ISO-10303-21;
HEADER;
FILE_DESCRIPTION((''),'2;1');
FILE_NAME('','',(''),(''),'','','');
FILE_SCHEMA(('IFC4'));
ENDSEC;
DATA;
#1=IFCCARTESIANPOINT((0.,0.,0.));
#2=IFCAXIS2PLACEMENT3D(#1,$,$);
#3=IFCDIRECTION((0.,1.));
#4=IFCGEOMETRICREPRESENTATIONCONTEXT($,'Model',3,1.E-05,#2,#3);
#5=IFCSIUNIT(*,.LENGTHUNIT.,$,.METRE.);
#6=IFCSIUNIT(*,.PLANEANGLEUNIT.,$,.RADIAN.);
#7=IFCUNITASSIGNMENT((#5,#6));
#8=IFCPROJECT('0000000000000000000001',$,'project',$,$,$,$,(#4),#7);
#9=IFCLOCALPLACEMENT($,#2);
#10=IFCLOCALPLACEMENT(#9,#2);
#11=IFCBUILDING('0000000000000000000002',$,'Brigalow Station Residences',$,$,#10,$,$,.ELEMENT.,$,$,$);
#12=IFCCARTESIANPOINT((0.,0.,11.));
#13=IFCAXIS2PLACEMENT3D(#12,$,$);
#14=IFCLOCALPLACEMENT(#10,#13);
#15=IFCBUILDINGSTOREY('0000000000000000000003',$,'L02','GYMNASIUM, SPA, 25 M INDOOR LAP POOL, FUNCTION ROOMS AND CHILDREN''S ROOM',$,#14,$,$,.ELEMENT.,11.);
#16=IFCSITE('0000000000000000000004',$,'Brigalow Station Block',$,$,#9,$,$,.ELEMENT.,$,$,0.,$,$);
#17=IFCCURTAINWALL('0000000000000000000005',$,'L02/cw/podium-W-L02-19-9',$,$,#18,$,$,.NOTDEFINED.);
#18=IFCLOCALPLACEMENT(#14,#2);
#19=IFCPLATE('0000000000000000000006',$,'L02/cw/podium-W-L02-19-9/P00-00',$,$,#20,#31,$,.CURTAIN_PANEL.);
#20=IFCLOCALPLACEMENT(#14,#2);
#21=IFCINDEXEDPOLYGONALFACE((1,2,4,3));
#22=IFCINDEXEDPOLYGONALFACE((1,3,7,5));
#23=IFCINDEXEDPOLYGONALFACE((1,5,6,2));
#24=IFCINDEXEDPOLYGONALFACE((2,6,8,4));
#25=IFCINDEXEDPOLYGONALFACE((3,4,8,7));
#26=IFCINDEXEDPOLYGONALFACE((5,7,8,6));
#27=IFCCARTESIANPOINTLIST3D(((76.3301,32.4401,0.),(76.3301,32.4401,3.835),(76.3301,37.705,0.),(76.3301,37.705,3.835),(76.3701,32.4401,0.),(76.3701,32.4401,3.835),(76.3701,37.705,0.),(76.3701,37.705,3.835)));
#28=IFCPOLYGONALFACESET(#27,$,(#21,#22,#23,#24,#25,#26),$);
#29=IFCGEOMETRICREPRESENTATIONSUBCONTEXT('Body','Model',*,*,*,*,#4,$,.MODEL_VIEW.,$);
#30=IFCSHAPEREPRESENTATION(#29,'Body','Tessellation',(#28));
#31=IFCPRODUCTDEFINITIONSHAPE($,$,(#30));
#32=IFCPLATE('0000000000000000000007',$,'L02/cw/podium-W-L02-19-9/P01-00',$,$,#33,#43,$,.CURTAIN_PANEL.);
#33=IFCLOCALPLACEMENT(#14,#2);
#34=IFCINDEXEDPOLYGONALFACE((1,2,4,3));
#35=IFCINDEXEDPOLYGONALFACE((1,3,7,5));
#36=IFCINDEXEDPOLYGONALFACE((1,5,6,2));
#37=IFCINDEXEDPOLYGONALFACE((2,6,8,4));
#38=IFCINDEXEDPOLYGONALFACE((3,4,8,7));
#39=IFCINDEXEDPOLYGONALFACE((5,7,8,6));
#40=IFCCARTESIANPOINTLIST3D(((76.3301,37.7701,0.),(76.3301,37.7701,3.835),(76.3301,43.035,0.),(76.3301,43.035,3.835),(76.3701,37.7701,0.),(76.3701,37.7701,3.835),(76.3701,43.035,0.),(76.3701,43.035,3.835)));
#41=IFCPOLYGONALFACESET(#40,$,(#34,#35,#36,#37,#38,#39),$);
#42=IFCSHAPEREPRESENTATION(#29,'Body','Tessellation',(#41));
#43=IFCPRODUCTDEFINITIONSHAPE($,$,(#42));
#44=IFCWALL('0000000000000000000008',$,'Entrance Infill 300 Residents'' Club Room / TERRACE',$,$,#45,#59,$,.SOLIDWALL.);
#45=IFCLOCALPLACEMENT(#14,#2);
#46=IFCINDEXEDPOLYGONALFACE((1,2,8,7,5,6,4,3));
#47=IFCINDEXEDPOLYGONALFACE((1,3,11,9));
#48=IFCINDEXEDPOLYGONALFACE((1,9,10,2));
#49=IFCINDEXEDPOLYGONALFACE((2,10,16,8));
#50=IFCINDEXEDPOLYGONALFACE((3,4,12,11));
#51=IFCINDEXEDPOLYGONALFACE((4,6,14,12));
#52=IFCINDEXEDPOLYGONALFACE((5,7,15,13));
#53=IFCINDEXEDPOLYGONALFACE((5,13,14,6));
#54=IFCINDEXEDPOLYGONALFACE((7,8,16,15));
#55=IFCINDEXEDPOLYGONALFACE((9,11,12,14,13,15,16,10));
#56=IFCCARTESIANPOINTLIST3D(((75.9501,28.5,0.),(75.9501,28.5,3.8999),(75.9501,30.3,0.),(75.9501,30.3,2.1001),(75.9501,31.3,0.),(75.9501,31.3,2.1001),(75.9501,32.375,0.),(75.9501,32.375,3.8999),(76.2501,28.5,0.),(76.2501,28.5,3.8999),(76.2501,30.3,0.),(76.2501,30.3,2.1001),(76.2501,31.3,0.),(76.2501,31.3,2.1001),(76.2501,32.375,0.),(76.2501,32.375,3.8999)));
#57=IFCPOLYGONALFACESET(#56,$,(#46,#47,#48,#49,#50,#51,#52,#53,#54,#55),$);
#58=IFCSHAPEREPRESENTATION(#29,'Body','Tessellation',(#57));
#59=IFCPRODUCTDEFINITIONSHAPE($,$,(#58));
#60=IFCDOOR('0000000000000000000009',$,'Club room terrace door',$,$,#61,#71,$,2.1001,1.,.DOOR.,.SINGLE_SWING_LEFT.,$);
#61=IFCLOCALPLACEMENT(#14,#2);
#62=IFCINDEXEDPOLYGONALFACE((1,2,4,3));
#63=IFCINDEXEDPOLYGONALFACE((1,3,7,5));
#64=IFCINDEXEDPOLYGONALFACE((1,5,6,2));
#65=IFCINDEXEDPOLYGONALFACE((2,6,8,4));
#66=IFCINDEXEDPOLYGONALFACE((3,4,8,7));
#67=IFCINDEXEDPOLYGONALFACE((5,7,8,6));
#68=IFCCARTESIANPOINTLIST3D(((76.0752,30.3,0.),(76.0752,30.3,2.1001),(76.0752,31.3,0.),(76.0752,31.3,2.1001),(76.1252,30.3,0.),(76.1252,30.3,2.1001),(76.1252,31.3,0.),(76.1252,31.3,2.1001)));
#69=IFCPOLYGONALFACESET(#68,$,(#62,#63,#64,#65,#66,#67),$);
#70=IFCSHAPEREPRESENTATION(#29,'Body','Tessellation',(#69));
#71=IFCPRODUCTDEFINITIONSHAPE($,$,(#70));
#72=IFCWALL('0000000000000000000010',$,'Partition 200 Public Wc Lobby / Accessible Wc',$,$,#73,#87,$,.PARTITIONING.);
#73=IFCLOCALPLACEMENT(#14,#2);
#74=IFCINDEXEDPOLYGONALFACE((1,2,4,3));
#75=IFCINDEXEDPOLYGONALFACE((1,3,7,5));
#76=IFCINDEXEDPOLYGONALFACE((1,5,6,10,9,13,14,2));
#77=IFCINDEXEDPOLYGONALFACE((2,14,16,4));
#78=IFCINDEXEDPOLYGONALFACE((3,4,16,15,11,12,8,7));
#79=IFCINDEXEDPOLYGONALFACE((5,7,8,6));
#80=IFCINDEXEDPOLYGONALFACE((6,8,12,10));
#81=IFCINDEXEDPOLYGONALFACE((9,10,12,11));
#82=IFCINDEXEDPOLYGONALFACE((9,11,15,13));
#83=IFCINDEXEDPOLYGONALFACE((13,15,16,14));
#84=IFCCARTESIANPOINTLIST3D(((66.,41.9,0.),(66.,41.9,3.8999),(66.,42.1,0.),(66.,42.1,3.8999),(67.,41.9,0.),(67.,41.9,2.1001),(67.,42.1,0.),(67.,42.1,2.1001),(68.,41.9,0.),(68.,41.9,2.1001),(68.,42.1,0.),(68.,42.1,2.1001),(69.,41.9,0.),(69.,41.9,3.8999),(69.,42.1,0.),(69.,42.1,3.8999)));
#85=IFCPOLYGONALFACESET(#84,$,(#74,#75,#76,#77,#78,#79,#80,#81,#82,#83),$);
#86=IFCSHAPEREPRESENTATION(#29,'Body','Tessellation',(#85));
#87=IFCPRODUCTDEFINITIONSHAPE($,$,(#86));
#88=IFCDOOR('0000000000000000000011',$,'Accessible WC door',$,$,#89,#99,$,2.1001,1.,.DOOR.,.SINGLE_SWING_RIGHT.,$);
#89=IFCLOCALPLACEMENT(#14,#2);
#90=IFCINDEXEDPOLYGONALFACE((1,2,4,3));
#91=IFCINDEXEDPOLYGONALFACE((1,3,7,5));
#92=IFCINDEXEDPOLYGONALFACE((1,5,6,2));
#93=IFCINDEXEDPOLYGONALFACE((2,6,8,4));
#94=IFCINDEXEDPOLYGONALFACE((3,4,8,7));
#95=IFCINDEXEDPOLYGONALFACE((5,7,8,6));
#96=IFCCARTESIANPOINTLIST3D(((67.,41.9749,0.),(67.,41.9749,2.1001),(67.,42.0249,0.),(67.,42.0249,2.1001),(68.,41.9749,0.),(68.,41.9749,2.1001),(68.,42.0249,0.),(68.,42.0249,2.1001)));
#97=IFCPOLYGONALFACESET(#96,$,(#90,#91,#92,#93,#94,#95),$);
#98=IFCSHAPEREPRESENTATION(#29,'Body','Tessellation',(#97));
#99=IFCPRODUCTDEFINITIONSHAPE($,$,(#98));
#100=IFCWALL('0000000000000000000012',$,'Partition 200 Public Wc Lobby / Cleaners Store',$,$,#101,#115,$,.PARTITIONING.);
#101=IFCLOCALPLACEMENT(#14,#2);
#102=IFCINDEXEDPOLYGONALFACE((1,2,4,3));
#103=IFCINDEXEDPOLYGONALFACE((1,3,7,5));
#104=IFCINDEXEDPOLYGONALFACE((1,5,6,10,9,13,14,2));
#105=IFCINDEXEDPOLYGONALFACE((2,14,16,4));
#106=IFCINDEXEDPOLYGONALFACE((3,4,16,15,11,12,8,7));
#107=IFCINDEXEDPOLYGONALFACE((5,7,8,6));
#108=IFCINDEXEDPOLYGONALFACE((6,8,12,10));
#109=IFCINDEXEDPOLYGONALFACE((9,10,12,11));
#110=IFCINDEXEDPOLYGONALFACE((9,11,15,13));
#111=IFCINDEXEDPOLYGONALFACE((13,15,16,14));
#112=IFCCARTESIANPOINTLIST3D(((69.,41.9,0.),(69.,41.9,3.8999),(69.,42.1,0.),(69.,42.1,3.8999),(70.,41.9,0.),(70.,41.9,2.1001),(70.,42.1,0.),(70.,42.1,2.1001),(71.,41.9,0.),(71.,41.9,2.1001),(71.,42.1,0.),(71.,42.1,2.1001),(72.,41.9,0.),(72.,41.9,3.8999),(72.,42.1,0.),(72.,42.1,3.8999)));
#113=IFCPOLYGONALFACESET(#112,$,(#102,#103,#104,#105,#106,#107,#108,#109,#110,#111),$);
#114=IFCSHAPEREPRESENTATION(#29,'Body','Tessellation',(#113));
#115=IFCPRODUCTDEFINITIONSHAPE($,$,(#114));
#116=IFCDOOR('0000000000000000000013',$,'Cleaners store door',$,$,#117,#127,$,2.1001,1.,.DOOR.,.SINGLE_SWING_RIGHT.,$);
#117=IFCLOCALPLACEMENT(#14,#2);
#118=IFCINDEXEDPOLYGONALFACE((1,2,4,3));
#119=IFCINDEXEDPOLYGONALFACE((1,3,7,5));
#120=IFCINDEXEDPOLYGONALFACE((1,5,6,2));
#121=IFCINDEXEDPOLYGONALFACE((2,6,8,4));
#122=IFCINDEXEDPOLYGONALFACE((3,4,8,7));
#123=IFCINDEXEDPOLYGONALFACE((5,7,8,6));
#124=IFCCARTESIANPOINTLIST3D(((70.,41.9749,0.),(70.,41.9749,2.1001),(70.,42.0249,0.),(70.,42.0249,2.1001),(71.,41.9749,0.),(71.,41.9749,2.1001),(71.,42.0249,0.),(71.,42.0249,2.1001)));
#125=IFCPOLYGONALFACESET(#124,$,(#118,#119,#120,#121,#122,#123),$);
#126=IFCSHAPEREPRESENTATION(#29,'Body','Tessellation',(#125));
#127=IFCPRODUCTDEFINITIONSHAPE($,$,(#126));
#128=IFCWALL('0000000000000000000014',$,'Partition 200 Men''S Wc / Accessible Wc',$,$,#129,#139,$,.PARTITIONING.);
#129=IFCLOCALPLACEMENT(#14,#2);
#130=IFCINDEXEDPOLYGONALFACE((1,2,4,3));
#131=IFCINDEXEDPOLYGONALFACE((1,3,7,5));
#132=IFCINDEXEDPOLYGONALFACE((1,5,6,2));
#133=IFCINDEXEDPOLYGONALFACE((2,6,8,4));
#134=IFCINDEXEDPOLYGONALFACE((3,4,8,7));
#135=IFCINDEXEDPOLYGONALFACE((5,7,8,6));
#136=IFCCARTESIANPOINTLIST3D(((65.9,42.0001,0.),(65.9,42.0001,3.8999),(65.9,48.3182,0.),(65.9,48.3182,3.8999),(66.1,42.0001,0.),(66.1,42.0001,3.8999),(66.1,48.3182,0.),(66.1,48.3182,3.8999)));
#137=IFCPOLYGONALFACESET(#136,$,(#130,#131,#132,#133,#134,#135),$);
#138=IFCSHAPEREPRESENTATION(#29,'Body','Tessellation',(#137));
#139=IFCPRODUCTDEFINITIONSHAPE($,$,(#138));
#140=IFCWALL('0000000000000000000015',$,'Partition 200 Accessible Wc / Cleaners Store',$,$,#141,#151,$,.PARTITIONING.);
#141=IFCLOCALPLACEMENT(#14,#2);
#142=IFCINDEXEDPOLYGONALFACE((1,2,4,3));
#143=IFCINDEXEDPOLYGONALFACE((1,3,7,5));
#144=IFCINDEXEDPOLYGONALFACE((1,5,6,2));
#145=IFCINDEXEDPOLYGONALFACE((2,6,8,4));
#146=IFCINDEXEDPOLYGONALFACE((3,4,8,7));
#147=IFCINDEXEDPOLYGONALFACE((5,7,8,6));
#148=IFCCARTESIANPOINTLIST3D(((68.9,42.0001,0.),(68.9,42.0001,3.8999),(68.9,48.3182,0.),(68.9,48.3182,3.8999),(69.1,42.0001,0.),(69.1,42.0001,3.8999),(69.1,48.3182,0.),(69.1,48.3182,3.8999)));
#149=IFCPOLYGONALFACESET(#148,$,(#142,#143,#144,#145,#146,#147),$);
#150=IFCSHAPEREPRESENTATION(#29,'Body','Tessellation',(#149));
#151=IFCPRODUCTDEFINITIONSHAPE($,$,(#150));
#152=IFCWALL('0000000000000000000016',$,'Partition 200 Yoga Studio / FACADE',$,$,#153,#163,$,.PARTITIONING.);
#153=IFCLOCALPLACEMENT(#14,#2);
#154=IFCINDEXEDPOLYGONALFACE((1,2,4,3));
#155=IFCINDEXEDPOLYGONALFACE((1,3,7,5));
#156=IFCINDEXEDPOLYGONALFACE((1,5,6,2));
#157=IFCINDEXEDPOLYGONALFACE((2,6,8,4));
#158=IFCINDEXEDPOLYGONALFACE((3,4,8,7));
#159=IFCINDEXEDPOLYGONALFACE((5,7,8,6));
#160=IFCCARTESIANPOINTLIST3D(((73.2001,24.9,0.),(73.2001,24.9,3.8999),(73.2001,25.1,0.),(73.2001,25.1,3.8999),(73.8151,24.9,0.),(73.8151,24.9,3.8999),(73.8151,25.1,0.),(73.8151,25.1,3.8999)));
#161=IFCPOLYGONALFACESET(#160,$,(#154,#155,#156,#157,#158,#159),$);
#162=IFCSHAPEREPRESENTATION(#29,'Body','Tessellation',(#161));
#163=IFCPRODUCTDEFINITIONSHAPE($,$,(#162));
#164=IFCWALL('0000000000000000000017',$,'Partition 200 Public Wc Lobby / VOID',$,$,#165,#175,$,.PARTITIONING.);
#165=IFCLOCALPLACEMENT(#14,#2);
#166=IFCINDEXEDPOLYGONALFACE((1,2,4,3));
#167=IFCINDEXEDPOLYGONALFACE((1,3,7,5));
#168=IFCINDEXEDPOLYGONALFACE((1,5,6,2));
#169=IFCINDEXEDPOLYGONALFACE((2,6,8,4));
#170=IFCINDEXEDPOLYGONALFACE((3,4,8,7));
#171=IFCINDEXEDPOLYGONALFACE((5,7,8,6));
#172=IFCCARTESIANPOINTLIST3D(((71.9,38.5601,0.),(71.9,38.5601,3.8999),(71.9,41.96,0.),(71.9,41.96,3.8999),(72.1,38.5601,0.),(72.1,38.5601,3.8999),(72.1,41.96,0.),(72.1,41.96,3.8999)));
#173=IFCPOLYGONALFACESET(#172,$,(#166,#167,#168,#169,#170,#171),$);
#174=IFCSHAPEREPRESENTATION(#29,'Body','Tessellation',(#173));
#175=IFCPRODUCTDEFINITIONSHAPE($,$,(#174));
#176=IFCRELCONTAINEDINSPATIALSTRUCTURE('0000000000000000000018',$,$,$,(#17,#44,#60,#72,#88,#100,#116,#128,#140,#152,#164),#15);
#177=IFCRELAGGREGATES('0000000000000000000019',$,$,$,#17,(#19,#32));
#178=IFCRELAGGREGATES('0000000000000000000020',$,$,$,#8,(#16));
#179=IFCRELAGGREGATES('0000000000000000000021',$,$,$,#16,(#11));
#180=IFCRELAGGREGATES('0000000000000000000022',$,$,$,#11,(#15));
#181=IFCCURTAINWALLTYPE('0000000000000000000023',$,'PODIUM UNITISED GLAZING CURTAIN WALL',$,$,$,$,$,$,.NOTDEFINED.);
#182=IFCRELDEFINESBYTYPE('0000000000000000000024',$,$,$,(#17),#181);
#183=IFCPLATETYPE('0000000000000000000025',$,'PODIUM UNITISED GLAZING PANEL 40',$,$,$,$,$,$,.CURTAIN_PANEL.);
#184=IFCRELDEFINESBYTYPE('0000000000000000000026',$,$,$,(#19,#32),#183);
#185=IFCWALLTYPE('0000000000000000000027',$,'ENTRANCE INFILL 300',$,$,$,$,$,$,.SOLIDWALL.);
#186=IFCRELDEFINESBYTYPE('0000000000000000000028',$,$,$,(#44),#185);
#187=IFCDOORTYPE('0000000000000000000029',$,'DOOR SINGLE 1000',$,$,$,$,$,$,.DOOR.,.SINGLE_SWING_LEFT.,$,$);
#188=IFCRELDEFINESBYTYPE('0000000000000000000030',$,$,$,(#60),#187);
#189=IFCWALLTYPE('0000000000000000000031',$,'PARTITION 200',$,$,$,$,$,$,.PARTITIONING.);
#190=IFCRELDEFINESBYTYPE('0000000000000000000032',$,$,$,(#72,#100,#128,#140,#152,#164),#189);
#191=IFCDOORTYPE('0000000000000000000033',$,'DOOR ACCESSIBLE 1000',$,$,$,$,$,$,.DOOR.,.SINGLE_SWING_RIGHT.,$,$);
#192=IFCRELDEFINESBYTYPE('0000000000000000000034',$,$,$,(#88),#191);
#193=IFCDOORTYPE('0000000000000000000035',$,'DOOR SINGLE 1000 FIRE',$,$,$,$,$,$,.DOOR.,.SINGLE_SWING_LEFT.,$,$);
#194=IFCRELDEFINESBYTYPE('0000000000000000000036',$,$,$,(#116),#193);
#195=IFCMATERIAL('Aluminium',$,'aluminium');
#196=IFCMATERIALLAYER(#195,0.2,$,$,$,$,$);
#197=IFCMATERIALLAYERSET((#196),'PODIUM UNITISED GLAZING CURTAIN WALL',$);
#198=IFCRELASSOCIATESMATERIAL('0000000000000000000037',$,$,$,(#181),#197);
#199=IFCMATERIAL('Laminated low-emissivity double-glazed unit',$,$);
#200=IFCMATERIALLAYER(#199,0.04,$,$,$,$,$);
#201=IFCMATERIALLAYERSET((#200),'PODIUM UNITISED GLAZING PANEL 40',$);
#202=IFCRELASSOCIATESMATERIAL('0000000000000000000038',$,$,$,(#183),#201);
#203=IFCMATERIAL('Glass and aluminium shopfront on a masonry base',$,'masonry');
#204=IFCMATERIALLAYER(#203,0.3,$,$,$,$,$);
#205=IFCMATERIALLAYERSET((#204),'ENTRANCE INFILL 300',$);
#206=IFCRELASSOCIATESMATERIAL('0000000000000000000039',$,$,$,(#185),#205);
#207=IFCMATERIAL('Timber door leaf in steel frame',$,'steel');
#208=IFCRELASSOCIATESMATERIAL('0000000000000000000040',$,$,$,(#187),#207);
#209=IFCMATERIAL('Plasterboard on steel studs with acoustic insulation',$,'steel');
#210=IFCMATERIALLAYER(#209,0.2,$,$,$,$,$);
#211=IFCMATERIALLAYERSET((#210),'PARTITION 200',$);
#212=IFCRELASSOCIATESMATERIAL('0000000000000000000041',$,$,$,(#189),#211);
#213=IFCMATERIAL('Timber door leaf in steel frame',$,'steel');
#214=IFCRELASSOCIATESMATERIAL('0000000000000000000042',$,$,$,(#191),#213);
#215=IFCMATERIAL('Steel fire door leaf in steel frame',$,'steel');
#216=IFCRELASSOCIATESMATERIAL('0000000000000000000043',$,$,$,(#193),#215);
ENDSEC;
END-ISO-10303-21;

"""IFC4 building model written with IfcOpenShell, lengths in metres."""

from ifc_helpers import new_model, si_unit, direction, frame, frame_2d, origin, origin_2d, place, context, subcontext, project, spatial, rectangle, extrude, material, layer, layer_set, type_object, element, fill, aggregate, save


model = new_model("IFC4")

# Units and contexts
model_context = context("Model", 3, precision=1e-05, world=origin(), true_north=direction((0.0, 1.0)))
body_context = subcontext(model_context, "Body", "Model", "MODEL_VIEW")
ifc_project = project(units=[si_unit("LENGTHUNIT", "METRE"), si_unit("PLANEANGLEUNIT", "RADIAN")], contexts=[model_context])

# Site, building, storey
site_placement = place(None, origin())
site = spatial("IfcSite", under=ifc_project, at=site_placement, Name="Brigalow Station Block", CompositionType="ELEMENT", RefElevation=0.0)
building_placement = place(site_placement, origin())
building = spatial("IfcBuilding", under=site, at=building_placement, Name="Brigalow Station Residences", CompositionType="ELEMENT")
storey_placement = place(building_placement, frame((0.0, 0.0, 11.0)))
storey = spatial("IfcBuildingStorey", under=building, at=storey_placement, Name="L02", Description="GYMNASIUM, SPA, 25 M INDOOR LAP POOL, FUNCTION ROOMS AND CHILDREN'S ROOM", CompositionType="ELEMENT", Elevation=11.0)

# Curtain wall
ifc_material_1 = material(Name="Aluminium", Category="aluminium")
ifc_layer_1 = layer(ifc_material_1, 0.2)
ifc_layer_set_1 = layer_set([ifc_layer_1], Name="PODIUM UNITISED GLAZING CURTAIN WALL")
curtain_wall_type = type_object("IfcCurtainWallType", Name="PODIUM UNITISED GLAZING CURTAIN WALL", PredefinedType="NOTDEFINED", material=ifc_layer_set_1)
curtain_wall_1_placement = place(storey_placement, origin())
curtain_wall_1 = element("IfcCurtainWall", 1, at=curtain_wall_1_placement, inside=storey, type_object=curtain_wall_type, Name="L02/cw/podium-W-L02-19-9", PredefinedType="NOTDEFINED")

# Plates
ifc_material_2 = material(Name="Laminated low-emissivity double-glazed unit")
ifc_layer_2 = layer(ifc_material_2, 0.04)
ifc_layer_set_2 = layer_set([ifc_layer_2], Name="PODIUM UNITISED GLAZING PANEL 40")
plate_type = type_object("IfcPlateType", Name="PODIUM UNITISED GLAZING PANEL 40", PredefinedType="CURTAIN_PANEL", material=ifc_layer_set_2)
plate_1_placement = place(storey_placement, frame((76.3501, 35.0725, 0.0), z_axis=(0.0, 0.0, 1.0), x_axis=(0.0, 1.0, 0.0)))
plate_1 = element("IfcPlate", 2, at=plate_1_placement, type_object=plate_type, Name="L02/cw/podium-W-L02-19-9/P00-00", PredefinedType="CURTAIN_PANEL", context=body_context, shape_type="SweptSolid", body=[
    extrude(rectangle(XDim=5.2649, YDim=0.04, at=origin_2d()), origin(), (0.0, 0.0, 1.0), 3.835),
])
plate_2_placement = place(storey_placement, frame((76.3501, 40.4026, 0.0), z_axis=(0.0, 0.0, 1.0), x_axis=(0.0, 1.0, 0.0)))
plate_2 = element("IfcPlate", 3, at=plate_2_placement, type_object=plate_type, Name="L02/cw/podium-W-L02-19-9/P01-00", PredefinedType="CURTAIN_PANEL", context=body_context, shape_type="SweptSolid", body=[
    extrude(rectangle(XDim=5.2649, YDim=0.04, at=origin_2d()), origin(), (0.0, 0.0, 1.0), 3.835),
])
aggregate(curtain_wall_1, [plate_1, plate_2])

# Walls, openings, doors
ifc_material_3 = material(Name="Glass and aluminium shopfront on a masonry base", Category="masonry")
ifc_layer_3 = layer(ifc_material_3, 0.3)
ifc_layer_set_3 = layer_set([ifc_layer_3], Name="ENTRANCE INFILL 300")
wall_type_1 = type_object("IfcWallType", Name="ENTRANCE INFILL 300", PredefinedType="SOLIDWALL", material=ifc_layer_set_3)
wall_1_placement = place(storey_placement, frame((76.1001, 28.5, 0.0), z_axis=(0.0, 0.0, 1.0), x_axis=(0.0, 1.0, 0.0)))
wall_1 = element("IfcWall", 4, at=wall_1_placement, inside=storey, type_object=wall_type_1, Name="Entrance Infill 300 Residents' Club Room / TERRACE", PredefinedType="SOLIDWALL", context=body_context, shape_type="SweptSolid", body=[
    extrude(rectangle(XDim=3.875, YDim=0.3, at=frame_2d((1.9375, 0.0))), origin(), (0.0, 0.0, 1.0), 3.8999),
])
opening_1_placement = place(wall_1_placement, frame((1.8, 0.0, 0.0)))
opening_1 = element("IfcOpeningElement", 5, at=opening_1_placement, cuts=wall_1, PredefinedType="OPENING", context=body_context, shape_type="SweptSolid", body=[
    extrude(rectangle(XDim=1.0, YDim=2.1001, at=frame_2d((0.5, 1.05))), frame((0.0, 0.1602, 0.0), z_axis=(0.0, -1.0, 0.0), x_axis=(1.0, 0.0, 0.0)), (0.0, 0.0, 1.0), 0.3201),
])
ifc_material_4 = material(Name="Timber door leaf in steel frame", Category="steel")
door_type_1 = type_object("IfcDoorType", Name="DOOR SINGLE 1000", OperationType="SINGLE_SWING_LEFT", PredefinedType="DOOR", material=ifc_material_4)
door_1_placement = place(opening_1_placement, origin())
door_1 = element("IfcDoor", 6, at=door_1_placement, inside=storey, type_object=door_type_1, Name="Club room terrace door", OperationType="SINGLE_SWING_LEFT", OverallHeight=2.1001, OverallWidth=1.0, PredefinedType="DOOR", context=body_context, shape_type="SweptSolid", body=[
    extrude(rectangle(XDim=1.0, YDim=2.1001, at=frame_2d((0.5, 1.05))), frame((0.0, 0.0249, 0.0), z_axis=(0.0, -1.0, 0.0), x_axis=(1.0, 0.0, 0.0)), (0.0, 0.0, 1.0), 0.05),
])
fill(opening_1, door_1)
ifc_material_5 = material(Name="Plasterboard on steel studs with acoustic insulation", Category="steel")
ifc_layer_4 = layer(ifc_material_5, 0.2)
ifc_layer_set_4 = layer_set([ifc_layer_4], Name="PARTITION 200")
wall_type_2 = type_object("IfcWallType", Name="PARTITION 200", PredefinedType="PARTITIONING", material=ifc_layer_set_4)
wall_2_placement = place(storey_placement, frame((66.0, 42.0, 0.0), z_axis=(0.0, 0.0, 1.0), x_axis=(1.0, 0.0, 0.0)))
wall_2 = element("IfcWall", 7, at=wall_2_placement, inside=storey, type_object=wall_type_2, Name="Partition 200 Public Wc Lobby / Accessible Wc", PredefinedType="PARTITIONING", context=body_context, shape_type="SweptSolid", body=[
    extrude(rectangle(XDim=3.0, YDim=0.2, at=frame_2d((1.5, 0.0))), origin(), (0.0, 0.0, 1.0), 3.8999),
])
opening_2_placement = place(wall_2_placement, frame((1.0, 0.0, 0.0)))
opening_2 = element("IfcOpeningElement", 8, at=opening_2_placement, cuts=wall_2, PredefinedType="OPENING", context=body_context, shape_type="SweptSolid", body=[
    extrude(rectangle(XDim=1.0, YDim=2.1001, at=frame_2d((0.5, 1.05))), frame((0.0, 0.1099, 0.0), z_axis=(0.0, -1.0, 0.0), x_axis=(1.0, 0.0, 0.0)), (0.0, 0.0, 1.0), 0.22),
])
ifc_material_6 = material(Name="Timber door leaf in steel frame", Category="steel")
door_type_2 = type_object("IfcDoorType", Name="DOOR ACCESSIBLE 1000", OperationType="SINGLE_SWING_RIGHT", PredefinedType="DOOR", material=ifc_material_6)
door_2_placement = place(opening_2_placement, origin())
door_2 = element("IfcDoor", 9, at=door_2_placement, inside=storey, type_object=door_type_2, Name="Accessible WC door", OperationType="SINGLE_SWING_RIGHT", OverallHeight=2.1001, OverallWidth=1.0, PredefinedType="DOOR", context=body_context, shape_type="SweptSolid", body=[
    extrude(rectangle(XDim=1.0, YDim=2.1001, at=frame_2d((0.5, 1.05))), frame((0.0, 0.0249, 0.0), z_axis=(0.0, -1.0, 0.0), x_axis=(1.0, 0.0, 0.0)), (0.0, 0.0, 1.0), 0.05),
])
fill(opening_2, door_2)
wall_3_placement = place(storey_placement, frame((69.0, 42.0, 0.0), z_axis=(0.0, 0.0, 1.0), x_axis=(1.0, 0.0, 0.0)))
wall_3 = element("IfcWall", 10, at=wall_3_placement, inside=storey, type_object=wall_type_2, Name="Partition 200 Public Wc Lobby / Cleaners Store", PredefinedType="PARTITIONING", context=body_context, shape_type="SweptSolid", body=[
    extrude(rectangle(XDim=3.0, YDim=0.2, at=frame_2d((1.5, 0.0))), origin(), (0.0, 0.0, 1.0), 3.8999),
])
opening_3_placement = place(wall_3_placement, frame((1.0, 0.0, 0.0)))
opening_3 = element("IfcOpeningElement", 11, at=opening_3_placement, cuts=wall_3, PredefinedType="OPENING", context=body_context, shape_type="SweptSolid", body=[
    extrude(rectangle(XDim=1.0, YDim=2.1001, at=frame_2d((0.5, 1.05))), frame((0.0, 0.1099, 0.0), z_axis=(0.0, -1.0, 0.0), x_axis=(1.0, 0.0, 0.0)), (0.0, 0.0, 1.0), 0.22),
])
ifc_material_7 = material(Name="Steel fire door leaf in steel frame", Category="steel")
door_type_3 = type_object("IfcDoorType", Name="DOOR SINGLE 1000 FIRE", OperationType="SINGLE_SWING_LEFT", PredefinedType="DOOR", material=ifc_material_7)
door_3_placement = place(opening_3_placement, origin())
door_3 = element("IfcDoor", 12, at=door_3_placement, inside=storey, type_object=door_type_3, Name="Cleaners store door", OperationType="SINGLE_SWING_RIGHT", OverallHeight=2.1001, OverallWidth=1.0, PredefinedType="DOOR", context=body_context, shape_type="SweptSolid", body=[
    extrude(rectangle(XDim=1.0, YDim=2.1001, at=frame_2d((0.5, 1.05))), frame((0.0, 0.0249, 0.0), z_axis=(0.0, -1.0, 0.0), x_axis=(1.0, 0.0, 0.0)), (0.0, 0.0, 1.0), 0.05),
])
fill(opening_3, door_3)

# Walls
for number, where, z_axis, x_axis, name in (
    (13, (66.0, 42.0, 0.0), (0.0, 0.0, 1.0), (0.0, 1.0, 0.0), "Partition 200 Men'S Wc / Accessible Wc"),
    (14, (69.0, 42.0, 0.0), (0.0, 0.0, 1.0), (0.0, 1.0, 0.0), "Partition 200 Accessible Wc / Cleaners Store"),
):
    element("IfcWall", number, at=place(storey_placement, frame(where, z_axis=z_axis, x_axis=x_axis)), inside=storey, type_object=wall_type_2, Name=name, PredefinedType="PARTITIONING", context=body_context, shape_type="SweptSolid", body=[
        extrude(rectangle(XDim=6.3181, YDim=0.2, at=frame_2d((3.1592, 0.0))), origin(), (0.0, 0.0, 1.0), 3.8999),
    ])
wall_4_placement = place(storey_placement, frame((73.2, 25.0, 0.0), z_axis=(0.0, 0.0, 1.0), x_axis=(1.0, 0.0, 0.0)))
element("IfcWall", 15, at=wall_4_placement, inside=storey, type_object=wall_type_2, Name="Partition 200 Yoga Studio / FACADE", PredefinedType="PARTITIONING", context=body_context, shape_type="SweptSolid", body=[
    extrude(rectangle(XDim=0.615, YDim=0.2, at=frame_2d((0.3076, 0.0))), origin(), (0.0, 0.0, 1.0), 3.8999),
])
wall_5_placement = place(storey_placement, frame((72.0, 38.5601, 0.0), z_axis=(0.0, 0.0, 1.0), x_axis=(0.0, 1.0, 0.0)))
element("IfcWall", 16, at=wall_5_placement, inside=storey, type_object=wall_type_2, Name="Partition 200 Public Wc Lobby / VOID", PredefinedType="PARTITIONING", context=body_context, shape_type="SweptSolid", body=[
    extrude(rectangle(XDim=3.3999, YDim=0.2, at=frame_2d((1.7, 0.0))), origin(), (0.0, 0.0, 1.0), 3.8999),
])

save(model, "model.ifc")
